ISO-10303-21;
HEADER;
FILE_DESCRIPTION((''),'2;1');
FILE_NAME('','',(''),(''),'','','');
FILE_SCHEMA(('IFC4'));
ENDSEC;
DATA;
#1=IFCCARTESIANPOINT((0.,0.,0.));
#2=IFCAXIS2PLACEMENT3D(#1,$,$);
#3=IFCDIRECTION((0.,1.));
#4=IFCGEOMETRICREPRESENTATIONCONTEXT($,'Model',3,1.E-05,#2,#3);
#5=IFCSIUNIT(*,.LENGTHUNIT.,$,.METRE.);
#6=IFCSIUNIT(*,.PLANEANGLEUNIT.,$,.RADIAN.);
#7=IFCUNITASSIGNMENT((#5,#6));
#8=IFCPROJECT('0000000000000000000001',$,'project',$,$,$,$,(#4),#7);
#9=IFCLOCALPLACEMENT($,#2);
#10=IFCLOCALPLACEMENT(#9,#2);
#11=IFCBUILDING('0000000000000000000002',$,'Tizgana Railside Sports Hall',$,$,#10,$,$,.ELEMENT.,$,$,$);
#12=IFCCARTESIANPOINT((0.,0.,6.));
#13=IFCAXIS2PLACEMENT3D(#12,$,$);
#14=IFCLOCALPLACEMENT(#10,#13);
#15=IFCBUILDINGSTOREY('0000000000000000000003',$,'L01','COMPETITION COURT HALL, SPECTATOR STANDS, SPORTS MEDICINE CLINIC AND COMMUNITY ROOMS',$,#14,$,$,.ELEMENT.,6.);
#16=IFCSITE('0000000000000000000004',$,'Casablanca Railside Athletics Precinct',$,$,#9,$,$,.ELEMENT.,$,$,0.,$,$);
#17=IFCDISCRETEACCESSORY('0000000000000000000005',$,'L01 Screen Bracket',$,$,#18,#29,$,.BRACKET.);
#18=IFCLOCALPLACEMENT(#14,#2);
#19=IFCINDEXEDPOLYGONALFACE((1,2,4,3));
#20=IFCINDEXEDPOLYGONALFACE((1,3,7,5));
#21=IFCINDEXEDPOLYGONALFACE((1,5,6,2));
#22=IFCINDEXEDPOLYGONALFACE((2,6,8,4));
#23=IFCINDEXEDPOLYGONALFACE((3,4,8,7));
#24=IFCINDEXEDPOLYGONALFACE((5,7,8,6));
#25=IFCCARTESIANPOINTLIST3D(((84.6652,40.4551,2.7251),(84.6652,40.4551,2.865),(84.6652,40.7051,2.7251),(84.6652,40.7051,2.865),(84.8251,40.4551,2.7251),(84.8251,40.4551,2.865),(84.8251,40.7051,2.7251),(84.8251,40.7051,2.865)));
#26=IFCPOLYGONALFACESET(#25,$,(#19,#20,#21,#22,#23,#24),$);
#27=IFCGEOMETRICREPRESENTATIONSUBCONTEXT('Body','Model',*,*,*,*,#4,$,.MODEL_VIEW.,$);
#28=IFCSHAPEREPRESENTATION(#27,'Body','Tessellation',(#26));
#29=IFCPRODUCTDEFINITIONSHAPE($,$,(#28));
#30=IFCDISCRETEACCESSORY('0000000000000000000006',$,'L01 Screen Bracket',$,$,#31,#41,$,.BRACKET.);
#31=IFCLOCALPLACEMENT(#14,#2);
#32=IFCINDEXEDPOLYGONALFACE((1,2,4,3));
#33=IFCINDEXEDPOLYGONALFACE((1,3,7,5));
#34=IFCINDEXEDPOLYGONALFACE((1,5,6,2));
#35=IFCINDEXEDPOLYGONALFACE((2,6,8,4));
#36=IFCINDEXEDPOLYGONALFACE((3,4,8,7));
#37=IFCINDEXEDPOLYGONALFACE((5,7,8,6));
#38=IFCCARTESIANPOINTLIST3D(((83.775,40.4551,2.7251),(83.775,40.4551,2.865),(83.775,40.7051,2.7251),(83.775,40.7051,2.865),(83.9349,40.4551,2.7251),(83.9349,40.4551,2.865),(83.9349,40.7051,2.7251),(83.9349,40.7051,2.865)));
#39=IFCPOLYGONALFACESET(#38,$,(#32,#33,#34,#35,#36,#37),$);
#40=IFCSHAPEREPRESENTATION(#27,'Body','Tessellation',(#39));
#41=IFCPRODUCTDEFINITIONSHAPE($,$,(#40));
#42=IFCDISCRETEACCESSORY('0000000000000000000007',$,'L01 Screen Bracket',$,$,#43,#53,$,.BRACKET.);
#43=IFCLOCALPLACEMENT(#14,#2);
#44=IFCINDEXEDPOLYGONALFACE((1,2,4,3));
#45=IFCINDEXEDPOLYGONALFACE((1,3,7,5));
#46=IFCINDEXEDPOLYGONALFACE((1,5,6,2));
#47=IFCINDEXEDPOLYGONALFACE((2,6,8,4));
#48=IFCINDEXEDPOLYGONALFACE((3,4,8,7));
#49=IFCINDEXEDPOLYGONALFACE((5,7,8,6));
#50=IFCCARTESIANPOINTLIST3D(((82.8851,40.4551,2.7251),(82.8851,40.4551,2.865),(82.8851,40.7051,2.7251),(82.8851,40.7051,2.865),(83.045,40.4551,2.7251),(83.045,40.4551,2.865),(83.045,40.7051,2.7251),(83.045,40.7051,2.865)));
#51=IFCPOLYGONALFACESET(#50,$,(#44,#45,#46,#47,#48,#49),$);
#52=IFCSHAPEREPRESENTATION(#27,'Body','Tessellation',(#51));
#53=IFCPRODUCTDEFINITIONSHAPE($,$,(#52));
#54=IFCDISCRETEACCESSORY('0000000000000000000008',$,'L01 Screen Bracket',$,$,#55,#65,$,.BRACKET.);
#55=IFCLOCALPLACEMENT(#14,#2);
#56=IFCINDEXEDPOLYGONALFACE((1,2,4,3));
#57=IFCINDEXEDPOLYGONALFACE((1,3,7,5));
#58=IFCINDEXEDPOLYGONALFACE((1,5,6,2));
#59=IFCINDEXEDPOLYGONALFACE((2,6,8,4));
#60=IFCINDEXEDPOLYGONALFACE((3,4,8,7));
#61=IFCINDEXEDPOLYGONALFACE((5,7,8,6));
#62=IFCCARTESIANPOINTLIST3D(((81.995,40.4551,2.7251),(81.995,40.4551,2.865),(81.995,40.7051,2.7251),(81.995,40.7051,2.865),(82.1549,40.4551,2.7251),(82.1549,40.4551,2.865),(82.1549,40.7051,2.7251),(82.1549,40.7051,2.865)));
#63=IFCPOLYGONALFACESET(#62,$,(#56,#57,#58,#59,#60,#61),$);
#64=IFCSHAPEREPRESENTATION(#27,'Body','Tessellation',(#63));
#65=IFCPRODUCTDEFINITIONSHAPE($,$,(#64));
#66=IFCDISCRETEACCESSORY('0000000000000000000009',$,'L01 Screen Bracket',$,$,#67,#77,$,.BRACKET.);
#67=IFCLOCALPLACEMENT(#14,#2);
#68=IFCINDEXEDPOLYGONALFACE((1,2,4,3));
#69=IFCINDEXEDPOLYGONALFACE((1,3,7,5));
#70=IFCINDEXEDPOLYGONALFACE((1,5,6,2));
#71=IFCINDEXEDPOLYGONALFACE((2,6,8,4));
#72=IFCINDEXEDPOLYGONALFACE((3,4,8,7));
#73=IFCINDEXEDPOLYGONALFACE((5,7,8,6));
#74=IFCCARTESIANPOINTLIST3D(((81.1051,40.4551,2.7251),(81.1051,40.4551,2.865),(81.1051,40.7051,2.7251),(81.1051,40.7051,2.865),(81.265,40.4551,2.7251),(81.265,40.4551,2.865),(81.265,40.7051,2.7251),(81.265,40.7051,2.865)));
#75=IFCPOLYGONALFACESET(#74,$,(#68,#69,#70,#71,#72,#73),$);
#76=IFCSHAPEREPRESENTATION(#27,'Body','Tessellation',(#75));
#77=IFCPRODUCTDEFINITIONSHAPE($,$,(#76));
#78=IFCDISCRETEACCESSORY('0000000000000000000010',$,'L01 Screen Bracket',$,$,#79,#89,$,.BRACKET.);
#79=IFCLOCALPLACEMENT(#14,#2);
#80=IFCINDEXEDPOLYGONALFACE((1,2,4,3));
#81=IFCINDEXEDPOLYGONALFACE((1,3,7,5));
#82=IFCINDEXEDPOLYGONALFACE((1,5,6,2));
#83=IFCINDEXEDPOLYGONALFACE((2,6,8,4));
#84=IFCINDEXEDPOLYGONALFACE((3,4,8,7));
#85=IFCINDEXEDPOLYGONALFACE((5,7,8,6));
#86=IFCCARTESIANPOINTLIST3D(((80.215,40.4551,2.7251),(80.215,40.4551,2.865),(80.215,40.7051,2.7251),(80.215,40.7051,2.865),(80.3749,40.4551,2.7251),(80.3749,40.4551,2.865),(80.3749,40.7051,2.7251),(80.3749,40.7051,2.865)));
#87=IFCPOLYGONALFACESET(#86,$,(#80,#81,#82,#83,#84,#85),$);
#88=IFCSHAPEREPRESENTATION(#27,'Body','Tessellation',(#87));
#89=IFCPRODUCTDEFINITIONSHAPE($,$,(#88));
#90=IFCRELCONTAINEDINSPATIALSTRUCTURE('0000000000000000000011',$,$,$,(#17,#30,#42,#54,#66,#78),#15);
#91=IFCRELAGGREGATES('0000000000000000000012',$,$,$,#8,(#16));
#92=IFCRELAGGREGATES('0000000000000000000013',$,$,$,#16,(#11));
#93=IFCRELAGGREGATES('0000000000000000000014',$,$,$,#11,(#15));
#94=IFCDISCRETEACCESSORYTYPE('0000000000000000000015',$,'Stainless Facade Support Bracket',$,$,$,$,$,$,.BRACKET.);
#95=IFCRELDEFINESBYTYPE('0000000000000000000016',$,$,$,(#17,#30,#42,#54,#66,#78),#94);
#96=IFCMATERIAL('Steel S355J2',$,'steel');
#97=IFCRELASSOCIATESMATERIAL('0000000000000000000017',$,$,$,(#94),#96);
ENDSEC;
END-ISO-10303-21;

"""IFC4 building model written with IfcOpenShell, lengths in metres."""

from ifc_helpers import new_model, si_unit, direction, frame, origin, origin_2d, place, context, subcontext, project, spatial, rectangle, extrude, material, type_object, element, save


model = new_model("IFC4")

# Units and contexts
model_context = context("Model", 3, precision=1e-05, world=origin(), true_north=direction((0.0, 1.0)))
body_context = subcontext(model_context, "Body", "Model", "MODEL_VIEW")
ifc_project = project(units=[si_unit("LENGTHUNIT", "METRE"), si_unit("PLANEANGLEUNIT", "RADIAN")], contexts=[model_context])

# Site, building, storey
site_placement = place(None, origin())
site = spatial("IfcSite", under=ifc_project, at=site_placement, Name="Casablanca Railside Athletics Precinct", CompositionType="ELEMENT", RefElevation=0.0)
building_placement = place(site_placement, origin())
building = spatial("IfcBuilding", under=site, at=building_placement, Name="Tizgana Railside Sports Hall", CompositionType="ELEMENT")
storey_placement = place(building_placement, frame((0.0, 0.0, 6.0)))
storey = spatial("IfcBuildingStorey", under=building, at=storey_placement, Name="L01", Description="COMPETITION COURT HALL, SPECTATOR STANDS, SPORTS MEDICINE CLINIC AND COMMUNITY ROOMS", CompositionType="ELEMENT", Elevation=6.0)

# Shared definitions
ifc_material_1 = material(Name="Steel S355J2", Category="steel")

# Discrete accessories
discrete_accessory_type = type_object("IfcDiscreteAccessoryType", Name="Stainless Facade Support Bracket", PredefinedType="BRACKET", material=ifc_material_1)
for number, where, z_axis, x_axis, name in (
    (1, (84.7451, 40.5801, 2.7251), (0.0, 0.0, 1.0), (-1.0, 0.0, 0.0), "L01 Screen Bracket"),
    (2, (83.855, 40.5801, 2.7251), (0.0, 0.0, 1.0), (-1.0, 0.0, 0.0), "L01 Screen Bracket"),
    (3, (82.9651, 40.5801, 2.7251), (0.0, 0.0, 1.0), (-1.0, 0.0, 0.0), "L01 Screen Bracket"),
    (4, (82.075, 40.5801, 2.7251), (0.0, 0.0, 1.0), (-1.0, 0.0, 0.0), "L01 Screen Bracket"),
    (5, (81.1851, 40.5801, 2.7251), (0.0, 0.0, 1.0), (-1.0, 0.0, 0.0), "L01 Screen Bracket"),
    (6, (80.2949, 40.5801, 2.7251), (0.0, 0.0, 1.0), (-1.0, 0.0, 0.0), "L01 Screen Bracket"),
):
    element("IfcDiscreteAccessory", number, at=place(storey_placement, frame(where, z_axis=z_axis, x_axis=x_axis)), inside=storey, type_object=discrete_accessory_type, Name=name, PredefinedType="BRACKET", context=body_context, shape_type="SweptSolid", body=[
        extrude(rectangle(XDim=0.1599, YDim=0.25, at=origin_2d()), origin(), (0.0, 0.0, 1.0), 0.1399),
    ])

save(model, "model.ifc")
